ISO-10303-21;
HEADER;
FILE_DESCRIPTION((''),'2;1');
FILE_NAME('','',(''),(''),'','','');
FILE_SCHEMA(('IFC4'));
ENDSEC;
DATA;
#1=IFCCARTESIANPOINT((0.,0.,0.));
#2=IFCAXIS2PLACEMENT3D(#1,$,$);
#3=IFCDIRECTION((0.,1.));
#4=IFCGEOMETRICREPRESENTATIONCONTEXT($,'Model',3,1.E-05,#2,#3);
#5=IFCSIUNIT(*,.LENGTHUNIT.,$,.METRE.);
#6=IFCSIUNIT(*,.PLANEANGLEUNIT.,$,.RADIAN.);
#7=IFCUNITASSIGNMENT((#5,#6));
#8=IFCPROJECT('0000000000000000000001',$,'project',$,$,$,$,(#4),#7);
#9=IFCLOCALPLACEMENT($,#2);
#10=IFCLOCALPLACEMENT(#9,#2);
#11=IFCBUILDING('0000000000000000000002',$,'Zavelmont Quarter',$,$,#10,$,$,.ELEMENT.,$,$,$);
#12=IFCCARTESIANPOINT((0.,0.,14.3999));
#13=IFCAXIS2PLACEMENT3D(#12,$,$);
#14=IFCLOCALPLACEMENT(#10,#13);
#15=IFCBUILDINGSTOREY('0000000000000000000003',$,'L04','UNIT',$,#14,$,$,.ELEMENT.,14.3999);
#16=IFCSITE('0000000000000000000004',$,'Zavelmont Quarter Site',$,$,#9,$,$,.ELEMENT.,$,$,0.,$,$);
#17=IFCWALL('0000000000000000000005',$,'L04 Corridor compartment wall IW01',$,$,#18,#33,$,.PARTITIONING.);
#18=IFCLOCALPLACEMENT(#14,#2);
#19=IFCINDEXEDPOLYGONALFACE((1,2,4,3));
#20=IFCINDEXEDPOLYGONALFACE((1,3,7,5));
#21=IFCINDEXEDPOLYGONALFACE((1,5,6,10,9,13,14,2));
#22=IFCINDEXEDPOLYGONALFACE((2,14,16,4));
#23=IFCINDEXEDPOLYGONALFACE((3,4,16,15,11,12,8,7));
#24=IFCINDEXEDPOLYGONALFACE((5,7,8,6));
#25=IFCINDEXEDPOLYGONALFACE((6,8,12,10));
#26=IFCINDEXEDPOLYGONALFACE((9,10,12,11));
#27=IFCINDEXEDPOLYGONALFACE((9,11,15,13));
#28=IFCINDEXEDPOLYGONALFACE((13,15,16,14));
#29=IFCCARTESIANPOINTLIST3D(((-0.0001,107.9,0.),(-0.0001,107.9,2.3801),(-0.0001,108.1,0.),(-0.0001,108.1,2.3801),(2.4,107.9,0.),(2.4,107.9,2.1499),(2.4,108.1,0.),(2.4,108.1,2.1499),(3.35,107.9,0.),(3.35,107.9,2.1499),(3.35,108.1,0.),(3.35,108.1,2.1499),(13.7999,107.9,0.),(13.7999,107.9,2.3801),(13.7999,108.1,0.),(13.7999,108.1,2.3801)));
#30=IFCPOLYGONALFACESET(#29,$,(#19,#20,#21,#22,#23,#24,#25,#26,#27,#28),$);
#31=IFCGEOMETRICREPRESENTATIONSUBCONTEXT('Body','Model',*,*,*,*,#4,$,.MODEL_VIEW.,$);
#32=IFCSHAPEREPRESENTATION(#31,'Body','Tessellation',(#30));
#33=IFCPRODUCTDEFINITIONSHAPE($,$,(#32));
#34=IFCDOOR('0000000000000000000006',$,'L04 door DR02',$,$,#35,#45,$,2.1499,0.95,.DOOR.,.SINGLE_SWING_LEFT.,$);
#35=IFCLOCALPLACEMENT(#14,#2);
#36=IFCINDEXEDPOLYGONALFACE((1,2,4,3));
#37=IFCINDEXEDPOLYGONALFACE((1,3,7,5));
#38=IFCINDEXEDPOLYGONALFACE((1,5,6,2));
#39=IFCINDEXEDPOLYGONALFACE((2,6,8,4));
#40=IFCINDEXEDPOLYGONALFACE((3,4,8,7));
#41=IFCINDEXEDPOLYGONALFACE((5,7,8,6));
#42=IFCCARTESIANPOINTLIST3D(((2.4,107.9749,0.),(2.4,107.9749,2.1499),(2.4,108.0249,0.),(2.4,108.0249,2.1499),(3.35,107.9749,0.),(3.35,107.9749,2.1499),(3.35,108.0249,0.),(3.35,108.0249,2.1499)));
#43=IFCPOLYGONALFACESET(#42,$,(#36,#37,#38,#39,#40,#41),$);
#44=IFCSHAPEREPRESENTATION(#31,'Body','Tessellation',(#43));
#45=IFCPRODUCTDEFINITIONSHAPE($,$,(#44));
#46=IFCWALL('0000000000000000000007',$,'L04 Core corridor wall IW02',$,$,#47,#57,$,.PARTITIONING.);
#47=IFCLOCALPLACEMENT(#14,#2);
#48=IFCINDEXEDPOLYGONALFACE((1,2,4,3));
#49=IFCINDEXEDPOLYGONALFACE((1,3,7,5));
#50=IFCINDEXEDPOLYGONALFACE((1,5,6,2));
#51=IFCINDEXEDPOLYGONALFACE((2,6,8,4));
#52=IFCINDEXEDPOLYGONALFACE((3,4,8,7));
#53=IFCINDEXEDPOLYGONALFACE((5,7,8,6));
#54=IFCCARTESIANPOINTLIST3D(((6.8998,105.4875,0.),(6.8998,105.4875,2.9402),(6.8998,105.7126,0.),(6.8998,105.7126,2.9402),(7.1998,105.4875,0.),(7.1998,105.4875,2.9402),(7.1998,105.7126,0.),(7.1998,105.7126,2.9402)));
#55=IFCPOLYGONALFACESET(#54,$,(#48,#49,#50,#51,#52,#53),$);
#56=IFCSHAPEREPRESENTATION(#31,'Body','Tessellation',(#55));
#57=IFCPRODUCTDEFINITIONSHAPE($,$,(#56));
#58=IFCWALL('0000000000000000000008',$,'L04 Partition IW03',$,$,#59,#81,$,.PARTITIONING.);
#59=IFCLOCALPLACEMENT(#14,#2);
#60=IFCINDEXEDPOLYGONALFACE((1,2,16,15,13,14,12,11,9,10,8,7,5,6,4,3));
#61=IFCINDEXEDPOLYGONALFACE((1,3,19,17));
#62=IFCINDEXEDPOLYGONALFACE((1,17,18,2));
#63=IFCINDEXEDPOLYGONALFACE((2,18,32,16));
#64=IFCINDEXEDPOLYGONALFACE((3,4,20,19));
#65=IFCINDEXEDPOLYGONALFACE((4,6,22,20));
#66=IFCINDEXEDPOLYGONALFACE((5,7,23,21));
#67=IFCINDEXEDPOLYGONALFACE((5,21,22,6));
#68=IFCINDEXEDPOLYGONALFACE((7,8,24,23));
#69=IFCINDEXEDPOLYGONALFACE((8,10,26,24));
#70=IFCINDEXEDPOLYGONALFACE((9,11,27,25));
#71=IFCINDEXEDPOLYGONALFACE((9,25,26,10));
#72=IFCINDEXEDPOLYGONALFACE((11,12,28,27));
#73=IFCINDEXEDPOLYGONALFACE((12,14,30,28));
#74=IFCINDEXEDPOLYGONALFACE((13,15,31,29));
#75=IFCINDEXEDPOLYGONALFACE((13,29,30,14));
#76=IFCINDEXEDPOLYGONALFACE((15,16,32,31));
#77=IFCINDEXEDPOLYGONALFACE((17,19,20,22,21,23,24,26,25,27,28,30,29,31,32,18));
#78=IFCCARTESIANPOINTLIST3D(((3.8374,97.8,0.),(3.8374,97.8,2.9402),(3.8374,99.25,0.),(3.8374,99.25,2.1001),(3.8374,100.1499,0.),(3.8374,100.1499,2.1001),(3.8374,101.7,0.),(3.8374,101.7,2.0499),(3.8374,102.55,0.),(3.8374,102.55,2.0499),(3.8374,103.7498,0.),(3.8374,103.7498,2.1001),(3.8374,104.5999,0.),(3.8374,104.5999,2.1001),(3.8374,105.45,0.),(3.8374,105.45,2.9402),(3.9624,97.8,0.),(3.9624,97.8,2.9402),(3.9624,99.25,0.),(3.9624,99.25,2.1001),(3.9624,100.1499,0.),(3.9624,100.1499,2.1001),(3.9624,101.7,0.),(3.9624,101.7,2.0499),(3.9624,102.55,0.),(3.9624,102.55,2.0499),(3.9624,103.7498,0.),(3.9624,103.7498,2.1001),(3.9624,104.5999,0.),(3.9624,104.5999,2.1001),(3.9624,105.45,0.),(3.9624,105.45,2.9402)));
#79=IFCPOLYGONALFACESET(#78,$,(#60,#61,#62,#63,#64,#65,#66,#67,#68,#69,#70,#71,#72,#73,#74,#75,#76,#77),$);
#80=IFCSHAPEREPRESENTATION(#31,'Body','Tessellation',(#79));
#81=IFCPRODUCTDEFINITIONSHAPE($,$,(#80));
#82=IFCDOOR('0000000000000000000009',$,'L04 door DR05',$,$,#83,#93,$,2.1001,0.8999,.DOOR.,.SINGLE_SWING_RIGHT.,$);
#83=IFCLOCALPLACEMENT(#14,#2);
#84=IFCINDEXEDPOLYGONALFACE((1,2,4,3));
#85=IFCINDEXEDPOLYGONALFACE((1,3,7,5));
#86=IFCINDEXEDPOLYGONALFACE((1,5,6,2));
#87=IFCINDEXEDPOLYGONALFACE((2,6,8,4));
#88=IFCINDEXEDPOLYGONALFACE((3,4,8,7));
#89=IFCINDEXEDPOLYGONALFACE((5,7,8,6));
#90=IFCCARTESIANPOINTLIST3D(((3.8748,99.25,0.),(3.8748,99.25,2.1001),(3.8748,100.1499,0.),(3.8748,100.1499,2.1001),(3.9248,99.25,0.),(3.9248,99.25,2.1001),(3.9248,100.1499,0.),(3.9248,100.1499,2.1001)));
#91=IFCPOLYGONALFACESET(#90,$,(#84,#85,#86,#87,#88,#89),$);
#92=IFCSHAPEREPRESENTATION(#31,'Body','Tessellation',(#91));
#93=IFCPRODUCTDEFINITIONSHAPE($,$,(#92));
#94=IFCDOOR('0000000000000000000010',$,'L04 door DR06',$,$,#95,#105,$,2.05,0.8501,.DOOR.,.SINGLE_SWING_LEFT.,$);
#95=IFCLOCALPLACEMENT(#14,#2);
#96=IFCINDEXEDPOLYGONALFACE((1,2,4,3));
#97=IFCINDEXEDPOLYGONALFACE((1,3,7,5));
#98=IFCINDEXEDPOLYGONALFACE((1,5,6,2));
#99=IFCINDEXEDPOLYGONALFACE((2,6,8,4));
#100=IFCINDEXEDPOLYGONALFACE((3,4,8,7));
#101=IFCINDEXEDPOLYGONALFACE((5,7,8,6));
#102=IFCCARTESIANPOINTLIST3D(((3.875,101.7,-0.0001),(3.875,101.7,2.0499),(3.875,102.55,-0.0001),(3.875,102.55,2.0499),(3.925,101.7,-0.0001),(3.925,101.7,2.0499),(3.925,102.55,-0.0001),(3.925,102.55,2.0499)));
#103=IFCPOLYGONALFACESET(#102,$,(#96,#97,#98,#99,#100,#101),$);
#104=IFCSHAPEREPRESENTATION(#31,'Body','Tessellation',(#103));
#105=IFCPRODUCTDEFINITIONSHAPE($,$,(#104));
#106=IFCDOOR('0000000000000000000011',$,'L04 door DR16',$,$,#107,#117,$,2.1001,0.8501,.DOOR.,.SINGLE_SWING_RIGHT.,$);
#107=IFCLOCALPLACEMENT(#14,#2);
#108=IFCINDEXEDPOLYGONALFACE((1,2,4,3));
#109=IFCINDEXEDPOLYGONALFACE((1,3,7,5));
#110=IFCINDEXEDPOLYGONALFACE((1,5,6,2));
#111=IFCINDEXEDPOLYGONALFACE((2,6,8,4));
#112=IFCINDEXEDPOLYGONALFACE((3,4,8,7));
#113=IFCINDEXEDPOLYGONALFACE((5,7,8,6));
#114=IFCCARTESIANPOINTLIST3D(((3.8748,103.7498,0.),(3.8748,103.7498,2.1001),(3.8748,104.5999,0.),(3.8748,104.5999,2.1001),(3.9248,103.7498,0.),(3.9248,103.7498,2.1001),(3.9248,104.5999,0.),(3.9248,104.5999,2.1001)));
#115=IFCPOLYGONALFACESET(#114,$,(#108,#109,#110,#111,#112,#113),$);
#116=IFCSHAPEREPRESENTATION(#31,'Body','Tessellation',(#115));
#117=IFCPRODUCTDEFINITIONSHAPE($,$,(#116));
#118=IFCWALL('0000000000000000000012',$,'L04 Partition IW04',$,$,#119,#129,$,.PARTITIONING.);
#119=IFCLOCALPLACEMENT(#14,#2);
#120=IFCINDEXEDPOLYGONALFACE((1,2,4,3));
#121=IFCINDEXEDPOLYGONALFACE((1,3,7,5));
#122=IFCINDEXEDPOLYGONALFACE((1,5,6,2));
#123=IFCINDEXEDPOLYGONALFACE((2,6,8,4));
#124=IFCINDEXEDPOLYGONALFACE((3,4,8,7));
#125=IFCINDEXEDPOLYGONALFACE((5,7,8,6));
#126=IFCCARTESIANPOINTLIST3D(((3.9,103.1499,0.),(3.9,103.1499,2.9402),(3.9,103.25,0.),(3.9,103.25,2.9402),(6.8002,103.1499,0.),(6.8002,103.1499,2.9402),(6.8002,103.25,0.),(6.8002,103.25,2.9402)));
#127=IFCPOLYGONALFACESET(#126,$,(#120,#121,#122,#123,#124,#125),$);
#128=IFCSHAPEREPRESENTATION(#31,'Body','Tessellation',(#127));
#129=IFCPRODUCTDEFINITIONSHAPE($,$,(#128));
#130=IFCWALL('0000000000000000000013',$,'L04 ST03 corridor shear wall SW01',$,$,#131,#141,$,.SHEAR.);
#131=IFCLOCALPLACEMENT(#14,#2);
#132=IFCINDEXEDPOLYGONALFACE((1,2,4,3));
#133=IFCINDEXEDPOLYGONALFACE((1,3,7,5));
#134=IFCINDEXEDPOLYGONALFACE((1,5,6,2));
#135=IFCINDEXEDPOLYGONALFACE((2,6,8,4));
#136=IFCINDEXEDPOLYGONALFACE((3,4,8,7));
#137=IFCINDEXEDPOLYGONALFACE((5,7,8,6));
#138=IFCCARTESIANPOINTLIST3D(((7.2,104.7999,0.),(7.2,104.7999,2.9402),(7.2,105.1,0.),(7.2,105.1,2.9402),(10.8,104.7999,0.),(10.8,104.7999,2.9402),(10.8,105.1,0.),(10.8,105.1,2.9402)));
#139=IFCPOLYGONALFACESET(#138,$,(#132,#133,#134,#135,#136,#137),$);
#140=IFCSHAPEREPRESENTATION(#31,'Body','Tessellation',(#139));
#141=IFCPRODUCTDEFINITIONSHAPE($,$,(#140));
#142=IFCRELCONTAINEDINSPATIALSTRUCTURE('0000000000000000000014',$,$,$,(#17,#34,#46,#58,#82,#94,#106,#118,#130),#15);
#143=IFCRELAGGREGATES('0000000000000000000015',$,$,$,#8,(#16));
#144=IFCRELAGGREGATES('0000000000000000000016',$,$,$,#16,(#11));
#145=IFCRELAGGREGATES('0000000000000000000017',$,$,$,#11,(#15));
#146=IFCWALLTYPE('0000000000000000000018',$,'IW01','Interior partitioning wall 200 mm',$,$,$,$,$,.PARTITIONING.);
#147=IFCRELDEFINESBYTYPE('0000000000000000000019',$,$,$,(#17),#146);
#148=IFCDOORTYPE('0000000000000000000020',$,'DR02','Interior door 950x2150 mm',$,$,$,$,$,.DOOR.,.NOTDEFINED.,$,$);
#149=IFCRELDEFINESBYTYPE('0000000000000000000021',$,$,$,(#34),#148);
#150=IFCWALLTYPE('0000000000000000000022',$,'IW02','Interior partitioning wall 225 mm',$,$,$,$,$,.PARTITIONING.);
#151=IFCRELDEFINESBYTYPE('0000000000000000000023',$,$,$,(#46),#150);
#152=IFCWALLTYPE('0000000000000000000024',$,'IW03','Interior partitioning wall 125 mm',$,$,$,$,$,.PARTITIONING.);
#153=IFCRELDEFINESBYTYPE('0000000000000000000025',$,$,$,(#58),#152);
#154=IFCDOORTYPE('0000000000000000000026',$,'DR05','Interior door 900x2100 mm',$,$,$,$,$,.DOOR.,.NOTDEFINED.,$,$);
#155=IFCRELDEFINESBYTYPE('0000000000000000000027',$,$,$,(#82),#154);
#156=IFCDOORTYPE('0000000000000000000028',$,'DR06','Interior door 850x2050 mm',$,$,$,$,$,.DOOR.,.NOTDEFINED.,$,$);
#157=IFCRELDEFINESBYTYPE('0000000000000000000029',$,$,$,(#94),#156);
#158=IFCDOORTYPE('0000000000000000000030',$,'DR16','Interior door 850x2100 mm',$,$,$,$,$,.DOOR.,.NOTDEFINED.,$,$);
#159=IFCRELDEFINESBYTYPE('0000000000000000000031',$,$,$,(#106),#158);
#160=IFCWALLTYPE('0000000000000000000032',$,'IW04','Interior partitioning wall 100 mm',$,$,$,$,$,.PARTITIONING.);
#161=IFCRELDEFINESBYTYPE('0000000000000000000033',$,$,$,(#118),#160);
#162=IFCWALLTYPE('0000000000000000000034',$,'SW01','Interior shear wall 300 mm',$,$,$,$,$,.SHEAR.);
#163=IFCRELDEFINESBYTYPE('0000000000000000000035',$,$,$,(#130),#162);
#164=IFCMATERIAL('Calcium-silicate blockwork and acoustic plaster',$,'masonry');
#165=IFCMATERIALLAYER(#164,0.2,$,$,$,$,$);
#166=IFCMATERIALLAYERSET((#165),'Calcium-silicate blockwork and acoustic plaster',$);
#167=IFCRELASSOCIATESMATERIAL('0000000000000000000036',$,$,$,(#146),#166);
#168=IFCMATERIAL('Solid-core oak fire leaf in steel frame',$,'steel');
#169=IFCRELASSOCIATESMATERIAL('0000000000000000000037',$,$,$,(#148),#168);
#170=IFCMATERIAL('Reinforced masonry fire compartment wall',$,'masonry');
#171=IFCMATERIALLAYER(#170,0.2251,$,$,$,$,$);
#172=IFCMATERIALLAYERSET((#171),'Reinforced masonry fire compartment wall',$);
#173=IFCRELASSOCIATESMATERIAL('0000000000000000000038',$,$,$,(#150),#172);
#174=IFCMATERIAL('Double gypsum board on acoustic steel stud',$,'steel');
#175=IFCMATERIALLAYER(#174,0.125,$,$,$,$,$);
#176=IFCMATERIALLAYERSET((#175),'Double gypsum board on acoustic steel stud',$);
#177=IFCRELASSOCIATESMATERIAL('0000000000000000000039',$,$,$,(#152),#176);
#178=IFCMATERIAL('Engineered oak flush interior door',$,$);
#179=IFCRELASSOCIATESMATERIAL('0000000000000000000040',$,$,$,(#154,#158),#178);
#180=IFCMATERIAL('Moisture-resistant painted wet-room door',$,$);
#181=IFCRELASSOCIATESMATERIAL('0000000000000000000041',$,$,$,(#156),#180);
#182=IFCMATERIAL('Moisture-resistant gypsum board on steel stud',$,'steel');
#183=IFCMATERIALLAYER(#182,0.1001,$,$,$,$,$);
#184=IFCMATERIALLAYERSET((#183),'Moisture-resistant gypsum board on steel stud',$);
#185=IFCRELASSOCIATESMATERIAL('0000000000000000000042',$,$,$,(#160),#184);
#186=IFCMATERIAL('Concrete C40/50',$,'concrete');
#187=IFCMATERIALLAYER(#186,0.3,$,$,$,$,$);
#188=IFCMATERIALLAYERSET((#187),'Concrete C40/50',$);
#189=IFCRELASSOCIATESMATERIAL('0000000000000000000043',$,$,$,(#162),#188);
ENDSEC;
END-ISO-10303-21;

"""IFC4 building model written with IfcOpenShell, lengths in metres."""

from ifc_helpers import new_model, si_unit, direction, frame, frame_2d, origin, origin_with_axes, place, context, subcontext, project, spatial, rectangle, extrude, material, layer, layer_set, type_object, element, fill, save


model = new_model("IFC4")

# Units and contexts
model_context = context("Model", 3, precision=1e-05, world=origin(), true_north=direction((0.0, 1.0)))
body_context = subcontext(model_context, "Body", "Model", "MODEL_VIEW")
ifc_project = project(units=[si_unit("LENGTHUNIT", "METRE"), si_unit("PLANEANGLEUNIT", "RADIAN")], contexts=[model_context])

# Site, building, storey
site_placement = place(None, origin())
site = spatial("IfcSite", under=ifc_project, at=site_placement, Name="Zavelmont Quarter Site", CompositionType="ELEMENT", RefElevation=0.0)
building_placement = place(site_placement, origin())
building = spatial("IfcBuilding", under=site, at=building_placement, Name="Zavelmont Quarter", CompositionType="ELEMENT")
storey_placement = place(building_placement, frame((0.0, 0.0, 14.3999)))
storey = spatial("IfcBuildingStorey", under=building, at=storey_placement, Name="L04", Description="UNIT", CompositionType="ELEMENT", Elevation=14.3999)

# Shared definitions
ifc_material_1 = material(Name="Concrete C40/50", Category="concrete")

# Wall, opening, door
ifc_material_2 = material(Name="Calcium-silicate blockwork and acoustic plaster", Category="masonry")
ifc_layer_1 = layer(ifc_material_2, 0.2)
ifc_layer_set_1 = layer_set([ifc_layer_1], Name="Calcium-silicate blockwork and acoustic plaster")
wall_type_1 = type_object("IfcWallType", Name="IW01", Description="Interior partitioning wall 200 mm", PredefinedType="PARTITIONING", material=ifc_layer_set_1)
wall_1_placement = place(storey_placement, frame((0.0, 108.0, 0.0), z_axis=(0.0, 0.0, 1.0), x_axis=(1.0, 0.0, 0.0)))
wall_1 = element("IfcWall", 1, at=wall_1_placement, inside=storey, type_object=wall_type_1, Name="L04 Corridor compartment wall IW01", PredefinedType="PARTITIONING", context=body_context, shape_type="SweptSolid", body=[
    extrude(rectangle(XDim=13.8, YDim=0.2, at=frame_2d((6.8999, 0.0))), origin(), (0.0, 0.0, 1.0), 2.3801),
])
opening_1_placement = place(wall_1_placement, frame((2.3999, 0.0, 0.0)))
opening_1 = element("IfcOpeningElement", 2, at=opening_1_placement, cuts=wall_1, PredefinedType="OPENING", context=body_context, shape_type="SweptSolid", body=[
    extrude(rectangle(XDim=0.95, YDim=2.1499, at=frame_2d((0.4751, 1.075))), frame((0.0, 0.1118, 0.0), z_axis=(0.0, -1.0, 0.0), x_axis=(1.0, 0.0, 0.0)), (0.0, 0.0, 1.0), 0.2239),
])
ifc_material_3 = material(Name="Solid-core oak fire leaf in steel frame", Category="steel")
door_type_1 = type_object("IfcDoorType", Name="DR02", Description="Interior door 950x2150 mm", OperationType="NOTDEFINED", PredefinedType="DOOR", material=ifc_material_3)
door_1_placement = place(opening_1_placement, origin_with_axes())
door_1 = element("IfcDoor", 3, at=door_1_placement, inside=storey, type_object=door_type_1, Name="L04 door DR02", OperationType="SINGLE_SWING_LEFT", OverallHeight=2.1499, OverallWidth=0.95, PredefinedType="DOOR", context=body_context, shape_type="SweptSolid", body=[
    extrude(rectangle(XDim=0.95, YDim=2.1499, at=frame_2d((0.4751, 1.075))), frame((0.0, 0.0249, 0.0), z_axis=(0.0, -1.0, 0.0), x_axis=(1.0, 0.0, 0.0)), (0.0, 0.0, 1.0), 0.05),
])
fill(opening_1, door_1)

# Wall
ifc_material_4 = material(Name="Reinforced masonry fire compartment wall", Category="masonry")
ifc_layer_2 = layer(ifc_material_4, 0.2251)
ifc_layer_set_2 = layer_set([ifc_layer_2], Name="Reinforced masonry fire compartment wall")
wall_type_2 = type_object("IfcWallType", Name="IW02", Description="Interior partitioning wall 225 mm", PredefinedType="PARTITIONING", material=ifc_layer_set_2)
wall_2_placement = place(storey_placement, frame((6.8999, 105.6001, 0.0), z_axis=(0.0, 0.0, 1.0), x_axis=(1.0, 0.0, 0.0)))
element("IfcWall", 4, at=wall_2_placement, inside=storey, type_object=wall_type_2, Name="L04 Core corridor wall IW02", PredefinedType="PARTITIONING", context=body_context, shape_type="SweptSolid", body=[
    extrude(rectangle(XDim=0.3, YDim=0.2251, at=frame_2d((0.1499, 0.0))), origin(), (0.0, 0.0, 1.0), 2.9402),
])

# Wall, openings, doors
ifc_material_5 = material(Name="Double gypsum board on acoustic steel stud", Category="steel")
ifc_layer_3 = layer(ifc_material_5, 0.125)
ifc_layer_set_3 = layer_set([ifc_layer_3], Name="Double gypsum board on acoustic steel stud")
wall_type_3 = type_object("IfcWallType", Name="IW03", Description="Interior partitioning wall 125 mm", PredefinedType="PARTITIONING", material=ifc_layer_set_3)
wall_3_placement = place(storey_placement, frame((3.8999, 105.45, 0.0), z_axis=(0.0, 0.0, 1.0), x_axis=(0.0, -1.0, 0.0)))
wall_3 = element("IfcWall", 5, at=wall_3_placement, inside=storey, type_object=wall_type_3, Name="L04 Partition IW03", PredefinedType="PARTITIONING", context=body_context, shape_type="SweptSolid", body=[
    extrude(rectangle(XDim=7.6499, YDim=0.125, at=frame_2d((3.825, 0.0))), origin(), (0.0, 0.0, 1.0), 2.9402),
])
opening_2_placement = place(wall_3_placement, frame((0.8501, 0.0, 0.0)))
opening_2 = element("IfcOpeningElement", 6, at=opening_2_placement, cuts=wall_3, PredefinedType="OPENING", context=body_context, shape_type="SweptSolid", body=[
    extrude(rectangle(XDim=0.8501, YDim=2.1001, at=frame_2d((0.425, 1.05))), frame((0.0, 0.0745, 0.0), z_axis=(0.0, -1.0, 0.0), x_axis=(1.0, 0.0, 0.0)), (0.0, 0.0, 1.0), 0.1489),
])
opening_3_placement = place(wall_3_placement, frame((2.8999, 0.0, 0.0)))
opening_3 = element("IfcOpeningElement", 7, at=opening_3_placement, cuts=wall_3, PredefinedType="OPENING", context=body_context, shape_type="SweptSolid", body=[
    extrude(rectangle(XDim=0.8501, YDim=2.05, at=frame_2d((0.425, 1.0249))), frame((0.0, 0.0745, 0.0), z_axis=(0.0, -1.0, 0.0), x_axis=(1.0, 0.0, 0.0)), (0.0, 0.0, 1.0), 0.1489),
])
opening_4_placement = place(wall_3_placement, frame((5.3, 0.0, 0.0)))
opening_4 = element("IfcOpeningElement", 8, at=opening_4_placement, cuts=wall_3, PredefinedType="OPENING", context=body_context, shape_type="SweptSolid", body=[
    extrude(rectangle(XDim=0.8999, YDim=2.1001, at=frame_2d((0.45, 1.05))), frame((0.0, 0.0745, 0.0), z_axis=(0.0, -1.0, 0.0), x_axis=(1.0, 0.0, 0.0)), (0.0, 0.0, 1.0), 0.1489),
])
ifc_material_6 = material(Name="Engineered oak flush interior door")
door_type_2 = type_object("IfcDoorType", Name="DR05", Description="Interior door 900x2100 mm", OperationType="NOTDEFINED", PredefinedType="DOOR", material=ifc_material_6)
door_2_placement = place(opening_4_placement, origin_with_axes())
door_2 = element("IfcDoor", 9, at=door_2_placement, inside=storey, type_object=door_type_2, Name="L04 door DR05", OperationType="SINGLE_SWING_RIGHT", OverallHeight=2.1001, OverallWidth=0.8999, PredefinedType="DOOR", context=body_context, shape_type="SweptSolid", body=[
    extrude(rectangle(XDim=0.8999, YDim=2.1001, at=frame_2d((0.45, 1.05))), frame((0.0, 0.0249, 0.0), z_axis=(0.0, -1.0, 0.0), x_axis=(1.0, 0.0, 0.0)), (0.0, 0.0, 1.0), 0.05),
])
fill(opening_4, door_2)
ifc_material_7 = material(Name="Moisture-resistant painted wet-room door")
door_type_3 = type_object("IfcDoorType", Name="DR06", Description="Interior door 850x2050 mm", OperationType="NOTDEFINED", PredefinedType="DOOR", material=ifc_material_7)
door_3_placement = place(opening_3_placement, frame((0.8501, 0.0, 0.0), z_axis=(0.0, 0.0, 1.0), x_axis=(-1.0, 0.0, 0.0)))
door_3 = element("IfcDoor", 10, at=door_3_placement, inside=storey, type_object=door_type_3, Name="L04 door DR06", OperationType="SINGLE_SWING_LEFT", OverallHeight=2.05, OverallWidth=0.8501, PredefinedType="DOOR", context=body_context, shape_type="SweptSolid", body=[
    extrude(rectangle(XDim=0.8501, YDim=2.05, at=frame_2d((0.425, 1.0249))), frame((0.0, 0.0249, 0.0), z_axis=(0.0, -1.0, 0.0), x_axis=(1.0, 0.0, 0.0)), (0.0, 0.0, 1.0), 0.05),
])
fill(opening_3, door_3)
door_type_4 = type_object("IfcDoorType", Name="DR16", Description="Interior door 850x2100 mm", OperationType="NOTDEFINED", PredefinedType="DOOR", material=ifc_material_6)
door_4_placement = place(opening_2_placement, origin_with_axes())
door_4 = element("IfcDoor", 11, at=door_4_placement, inside=storey, type_object=door_type_4, Name="L04 door DR16", OperationType="SINGLE_SWING_RIGHT", OverallHeight=2.1001, OverallWidth=0.8501, PredefinedType="DOOR", context=body_context, shape_type="SweptSolid", body=[
    extrude(rectangle(XDim=0.8501, YDim=2.1001, at=frame_2d((0.425, 1.05))), frame((0.0, 0.0249, 0.0), z_axis=(0.0, -1.0, 0.0), x_axis=(1.0, 0.0, 0.0)), (0.0, 0.0, 1.0), 0.05),
])
fill(opening_2, door_4)

# Walls
ifc_material_8 = material(Name="Moisture-resistant gypsum board on steel stud", Category="steel")
ifc_layer_4 = layer(ifc_material_8, 0.1001)
ifc_layer_set_4 = layer_set([ifc_layer_4], Name="Moisture-resistant gypsum board on steel stud")
wall_type_4 = type_object("IfcWallType", Name="IW04", Description="Interior partitioning wall 100 mm", PredefinedType="PARTITIONING", material=ifc_layer_set_4)
wall_4_placement = place(storey_placement, frame((3.8999, 103.2, 0.0), z_axis=(0.0, 0.0, 1.0), x_axis=(1.0, 0.0, 0.0)))
element("IfcWall", 12, at=wall_4_placement, inside=storey, type_object=wall_type_4, Name="L04 Partition IW04", PredefinedType="PARTITIONING", context=body_context, shape_type="SweptSolid", body=[
    extrude(rectangle(XDim=2.9001, YDim=0.1001, at=frame_2d((1.4502, 0.0))), origin(), (0.0, 0.0, 1.0), 2.9402),
])
ifc_layer_5 = layer(ifc_material_1, 0.3)
ifc_layer_set_5 = layer_set([ifc_layer_5], Name="Concrete C40/50")
wall_type_5 = type_object("IfcWallType", Name="SW01", Description="Interior shear wall 300 mm", PredefinedType="SHEAR", material=ifc_layer_set_5)
wall_5_placement = place(storey_placement, frame((7.2, 104.95, 0.0), z_axis=(0.0, 0.0, 1.0), x_axis=(1.0, 0.0, 0.0)))
element("IfcWall", 13, at=wall_5_placement, inside=storey, type_object=wall_type_5, Name="L04 ST03 corridor shear wall SW01", PredefinedType="SHEAR", context=body_context, shape_type="SweptSolid", body=[
    extrude(rectangle(XDim=3.6001, YDim=0.3, at=frame_2d((1.8, 0.0))), origin(), (0.0, 0.0, 1.0), 2.9402),
])

save(model, "model.ifc")
